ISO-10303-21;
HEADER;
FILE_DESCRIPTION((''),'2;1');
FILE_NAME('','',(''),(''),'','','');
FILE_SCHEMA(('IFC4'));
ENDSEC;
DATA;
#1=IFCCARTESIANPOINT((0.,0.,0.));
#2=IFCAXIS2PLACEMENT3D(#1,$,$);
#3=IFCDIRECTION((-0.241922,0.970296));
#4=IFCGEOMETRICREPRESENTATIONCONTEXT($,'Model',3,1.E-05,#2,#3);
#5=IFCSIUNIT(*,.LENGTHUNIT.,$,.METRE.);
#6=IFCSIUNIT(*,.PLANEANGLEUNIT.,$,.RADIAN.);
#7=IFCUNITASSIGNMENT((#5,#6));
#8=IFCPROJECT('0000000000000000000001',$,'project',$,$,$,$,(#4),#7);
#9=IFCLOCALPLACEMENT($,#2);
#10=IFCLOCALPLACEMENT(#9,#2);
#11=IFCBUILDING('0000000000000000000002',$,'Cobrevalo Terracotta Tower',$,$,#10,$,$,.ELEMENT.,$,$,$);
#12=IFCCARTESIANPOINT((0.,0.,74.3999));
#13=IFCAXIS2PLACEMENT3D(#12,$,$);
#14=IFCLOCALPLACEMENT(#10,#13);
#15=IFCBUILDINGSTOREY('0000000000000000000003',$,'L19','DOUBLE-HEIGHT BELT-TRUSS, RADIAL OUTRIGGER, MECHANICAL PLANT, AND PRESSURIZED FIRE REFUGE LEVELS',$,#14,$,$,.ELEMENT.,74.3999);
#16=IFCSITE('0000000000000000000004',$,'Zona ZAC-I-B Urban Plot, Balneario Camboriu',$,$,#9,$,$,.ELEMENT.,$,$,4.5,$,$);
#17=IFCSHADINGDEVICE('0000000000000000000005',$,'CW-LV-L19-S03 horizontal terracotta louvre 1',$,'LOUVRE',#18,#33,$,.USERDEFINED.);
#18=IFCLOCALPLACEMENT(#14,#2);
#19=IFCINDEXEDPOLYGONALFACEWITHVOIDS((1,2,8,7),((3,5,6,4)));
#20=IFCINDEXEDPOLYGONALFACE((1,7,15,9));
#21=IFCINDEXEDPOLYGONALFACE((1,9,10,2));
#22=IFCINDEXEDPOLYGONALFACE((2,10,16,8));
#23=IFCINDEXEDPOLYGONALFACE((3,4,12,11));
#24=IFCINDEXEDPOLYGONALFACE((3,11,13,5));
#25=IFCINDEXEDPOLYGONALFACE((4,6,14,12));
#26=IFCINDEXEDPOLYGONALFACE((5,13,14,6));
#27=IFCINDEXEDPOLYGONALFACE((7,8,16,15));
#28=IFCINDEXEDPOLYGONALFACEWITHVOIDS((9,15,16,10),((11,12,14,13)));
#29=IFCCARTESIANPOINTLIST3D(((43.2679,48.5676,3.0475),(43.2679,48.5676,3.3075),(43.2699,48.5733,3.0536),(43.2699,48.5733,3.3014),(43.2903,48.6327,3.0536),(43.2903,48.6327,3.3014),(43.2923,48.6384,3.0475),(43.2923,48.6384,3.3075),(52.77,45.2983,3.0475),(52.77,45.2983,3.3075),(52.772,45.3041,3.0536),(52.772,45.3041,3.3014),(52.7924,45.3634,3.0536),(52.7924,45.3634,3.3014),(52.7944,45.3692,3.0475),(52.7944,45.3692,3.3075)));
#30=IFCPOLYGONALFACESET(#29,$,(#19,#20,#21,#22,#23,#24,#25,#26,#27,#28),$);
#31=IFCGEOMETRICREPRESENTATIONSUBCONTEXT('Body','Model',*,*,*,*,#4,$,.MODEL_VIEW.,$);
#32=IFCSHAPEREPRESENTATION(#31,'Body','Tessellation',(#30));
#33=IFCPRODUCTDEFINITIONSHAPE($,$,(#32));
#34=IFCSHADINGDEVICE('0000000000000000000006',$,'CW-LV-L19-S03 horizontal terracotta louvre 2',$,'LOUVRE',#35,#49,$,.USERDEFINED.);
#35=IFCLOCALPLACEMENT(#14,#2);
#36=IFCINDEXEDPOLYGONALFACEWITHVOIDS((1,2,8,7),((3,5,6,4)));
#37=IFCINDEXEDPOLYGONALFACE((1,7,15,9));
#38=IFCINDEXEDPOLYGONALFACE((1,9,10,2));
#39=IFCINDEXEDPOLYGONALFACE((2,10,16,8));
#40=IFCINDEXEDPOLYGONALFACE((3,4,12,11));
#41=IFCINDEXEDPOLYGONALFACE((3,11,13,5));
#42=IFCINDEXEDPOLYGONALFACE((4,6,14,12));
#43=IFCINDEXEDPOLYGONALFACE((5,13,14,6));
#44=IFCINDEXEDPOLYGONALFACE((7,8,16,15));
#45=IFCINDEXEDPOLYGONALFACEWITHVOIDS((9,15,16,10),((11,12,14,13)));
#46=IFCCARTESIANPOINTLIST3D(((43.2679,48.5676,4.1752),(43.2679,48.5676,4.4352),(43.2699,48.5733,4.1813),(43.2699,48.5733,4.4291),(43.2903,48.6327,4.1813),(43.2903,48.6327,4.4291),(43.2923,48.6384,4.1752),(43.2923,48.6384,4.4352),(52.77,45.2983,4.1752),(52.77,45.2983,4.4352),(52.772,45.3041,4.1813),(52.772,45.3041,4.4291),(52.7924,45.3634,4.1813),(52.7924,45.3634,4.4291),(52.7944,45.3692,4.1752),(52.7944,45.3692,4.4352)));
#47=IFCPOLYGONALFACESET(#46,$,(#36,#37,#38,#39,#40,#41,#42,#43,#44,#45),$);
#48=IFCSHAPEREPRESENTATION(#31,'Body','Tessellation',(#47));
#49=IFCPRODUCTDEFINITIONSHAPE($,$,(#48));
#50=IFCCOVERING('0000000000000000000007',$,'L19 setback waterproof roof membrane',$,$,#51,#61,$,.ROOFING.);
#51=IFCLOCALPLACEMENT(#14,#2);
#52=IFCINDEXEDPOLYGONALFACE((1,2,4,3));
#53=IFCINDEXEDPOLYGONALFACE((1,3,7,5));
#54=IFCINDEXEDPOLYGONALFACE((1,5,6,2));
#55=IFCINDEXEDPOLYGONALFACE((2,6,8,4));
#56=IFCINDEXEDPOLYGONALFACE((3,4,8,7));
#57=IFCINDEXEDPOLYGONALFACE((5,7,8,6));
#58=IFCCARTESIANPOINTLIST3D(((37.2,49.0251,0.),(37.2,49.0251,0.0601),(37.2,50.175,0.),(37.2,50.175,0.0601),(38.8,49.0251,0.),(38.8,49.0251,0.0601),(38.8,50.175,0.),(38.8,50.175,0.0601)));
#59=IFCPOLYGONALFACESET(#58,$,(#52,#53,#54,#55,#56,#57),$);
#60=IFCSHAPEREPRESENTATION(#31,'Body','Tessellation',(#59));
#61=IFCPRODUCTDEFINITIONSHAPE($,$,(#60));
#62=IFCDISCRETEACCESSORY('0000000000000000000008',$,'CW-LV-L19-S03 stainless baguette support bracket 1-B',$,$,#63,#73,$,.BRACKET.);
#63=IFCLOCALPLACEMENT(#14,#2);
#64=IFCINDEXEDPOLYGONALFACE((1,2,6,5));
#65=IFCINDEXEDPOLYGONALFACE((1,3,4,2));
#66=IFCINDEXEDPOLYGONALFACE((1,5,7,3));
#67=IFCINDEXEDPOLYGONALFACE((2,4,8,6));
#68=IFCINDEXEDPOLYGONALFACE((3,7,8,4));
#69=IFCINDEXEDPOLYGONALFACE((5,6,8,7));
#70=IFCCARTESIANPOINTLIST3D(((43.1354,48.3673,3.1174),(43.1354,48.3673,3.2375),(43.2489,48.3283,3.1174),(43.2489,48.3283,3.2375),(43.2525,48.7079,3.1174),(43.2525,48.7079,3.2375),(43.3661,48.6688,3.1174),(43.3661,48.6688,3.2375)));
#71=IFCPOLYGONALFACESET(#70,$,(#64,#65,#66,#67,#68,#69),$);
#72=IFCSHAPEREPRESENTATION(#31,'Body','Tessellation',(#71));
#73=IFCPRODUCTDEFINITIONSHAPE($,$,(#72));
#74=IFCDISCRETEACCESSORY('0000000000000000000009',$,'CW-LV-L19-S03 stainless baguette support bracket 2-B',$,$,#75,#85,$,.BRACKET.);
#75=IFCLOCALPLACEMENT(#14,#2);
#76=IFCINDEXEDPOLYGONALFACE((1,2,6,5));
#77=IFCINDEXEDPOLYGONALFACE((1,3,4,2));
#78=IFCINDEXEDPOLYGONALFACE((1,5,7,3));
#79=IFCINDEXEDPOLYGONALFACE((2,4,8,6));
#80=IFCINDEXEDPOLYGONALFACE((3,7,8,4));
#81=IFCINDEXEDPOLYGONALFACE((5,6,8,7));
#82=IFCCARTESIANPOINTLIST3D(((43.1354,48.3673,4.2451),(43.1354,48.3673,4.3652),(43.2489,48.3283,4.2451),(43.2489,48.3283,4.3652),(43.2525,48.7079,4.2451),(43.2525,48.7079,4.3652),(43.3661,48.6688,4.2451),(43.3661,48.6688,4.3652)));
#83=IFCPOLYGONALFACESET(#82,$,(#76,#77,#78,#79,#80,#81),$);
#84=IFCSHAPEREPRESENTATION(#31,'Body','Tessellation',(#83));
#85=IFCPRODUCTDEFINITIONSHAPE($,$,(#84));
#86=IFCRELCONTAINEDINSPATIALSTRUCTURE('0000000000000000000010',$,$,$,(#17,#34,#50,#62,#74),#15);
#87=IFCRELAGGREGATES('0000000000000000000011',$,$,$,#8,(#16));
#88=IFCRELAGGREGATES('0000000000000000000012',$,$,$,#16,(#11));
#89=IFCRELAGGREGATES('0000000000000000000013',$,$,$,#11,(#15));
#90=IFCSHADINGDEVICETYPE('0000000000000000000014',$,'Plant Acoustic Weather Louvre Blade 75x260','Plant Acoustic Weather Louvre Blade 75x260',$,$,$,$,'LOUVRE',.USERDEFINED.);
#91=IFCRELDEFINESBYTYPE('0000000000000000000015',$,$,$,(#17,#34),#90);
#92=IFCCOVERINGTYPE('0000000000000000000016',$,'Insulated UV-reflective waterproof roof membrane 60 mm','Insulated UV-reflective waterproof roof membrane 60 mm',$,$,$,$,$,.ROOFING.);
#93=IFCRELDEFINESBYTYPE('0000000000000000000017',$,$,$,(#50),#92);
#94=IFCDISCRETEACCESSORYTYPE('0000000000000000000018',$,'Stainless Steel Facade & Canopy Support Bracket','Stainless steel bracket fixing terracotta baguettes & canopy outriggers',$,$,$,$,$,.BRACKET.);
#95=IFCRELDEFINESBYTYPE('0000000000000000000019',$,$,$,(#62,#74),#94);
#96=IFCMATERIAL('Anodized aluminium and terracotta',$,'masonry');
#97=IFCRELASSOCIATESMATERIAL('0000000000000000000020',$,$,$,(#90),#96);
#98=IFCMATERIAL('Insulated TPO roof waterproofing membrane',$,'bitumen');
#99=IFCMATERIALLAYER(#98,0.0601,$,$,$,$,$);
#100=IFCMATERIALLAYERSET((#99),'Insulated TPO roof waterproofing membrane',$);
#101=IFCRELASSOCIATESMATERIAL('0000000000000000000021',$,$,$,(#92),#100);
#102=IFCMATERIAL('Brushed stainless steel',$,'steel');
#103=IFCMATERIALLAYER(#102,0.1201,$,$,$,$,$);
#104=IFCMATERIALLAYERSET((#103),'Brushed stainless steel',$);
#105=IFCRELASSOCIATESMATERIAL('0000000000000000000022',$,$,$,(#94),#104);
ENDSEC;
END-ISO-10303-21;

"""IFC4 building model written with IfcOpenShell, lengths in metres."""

from ifc_helpers import new_model, si_unit, direction, frame, origin, origin_2d, place, context, subcontext, project, spatial, rectangle, hollow_rectangle, extrude, source, transform, mapped, material, layer, layer_set, material_profile, profile_set, type_object, element, save


model = new_model("IFC4")

# Units and contexts
model_context = context("Model", 3, precision=1e-05, world=origin(), true_north=direction((-0.241922, 0.970296)))
body_context = subcontext(model_context, "Body", "Model", "MODEL_VIEW")
ifc_project = project(units=[si_unit("LENGTHUNIT", "METRE"), si_unit("PLANEANGLEUNIT", "RADIAN")], contexts=[model_context])

# Site, building, storey
site_placement = place(None, origin())
site = spatial("IfcSite", under=ifc_project, at=site_placement, Name="Zona ZAC-I-B Urban Plot, Balneario Camboriu", CompositionType="ELEMENT", RefElevation=4.5)
building_placement = place(site_placement, origin())
building = spatial("IfcBuilding", under=site, at=building_placement, Name="Cobrevalo Terracotta Tower", CompositionType="ELEMENT")
storey_placement = place(building_placement, frame((0.0, 0.0, 74.3999)))
storey = spatial("IfcBuildingStorey", under=building, at=storey_placement, Name="L19", Description="DOUBLE-HEIGHT BELT-TRUSS, RADIAL OUTRIGGER, MECHANICAL PLANT, AND PRESSURIZED FIRE REFUGE LEVELS", CompositionType="ELEMENT", Elevation=74.3999)

# Shading devices
ifc_material_1 = material(Name="Anodized aluminium and terracotta", Category="masonry")
ifc_material_profile_1 = material_profile(ifc_material_1, hollow_rectangle(XDim=0.075, YDim=0.26, WallThickness=0.0061, at=origin_2d()), Name="LOUVRE BLADE 75x260")
ifc_profile_set_1 = profile_set([ifc_material_profile_1], Name="Anodized aluminium and terracotta")
shading_device_type = type_object("IfcShadingDeviceType", Name="Plant Acoustic Weather Louvre Blade 75x260", Description="Plant Acoustic Weather Louvre Blade 75x260", ElementType="LOUVRE", PredefinedType="USERDEFINED", material=ifc_profile_set_1)
shared_shape_1 = source(origin(), body_context, "Body", "SweptSolid", [
    extrude(hollow_rectangle(XDim=0.075, YDim=0.26, WallThickness=0.0061, at=origin_2d()), origin(), (0.0, 0.0, 1.0), 10.0488),
])
for number, where, z_axis, x_axis, name in (
    (1, (52.7822, 45.3337, 3.1775), (-0.945598, 0.325338, 0.0), (-0.325338, -0.945598, 0.0), "CW-LV-L19-S03 horizontal terracotta louvre 1"),
    (2, (52.7822, 45.3337, 4.3052), (-0.945598, 0.325338, 0.0), (-0.325338, -0.945598, 0.0), "CW-LV-L19-S03 horizontal terracotta louvre 2"),
):
    element("IfcShadingDevice", number, at=place(storey_placement, frame(where, z_axis=z_axis, x_axis=x_axis)), inside=storey, type_object=shading_device_type, Name=name, ObjectType="LOUVRE", PredefinedType="USERDEFINED", context=body_context, shape_type="MappedRepresentation", body=[
        mapped(shared_shape_1, transform((0.0, 0.0, 0.0), scale=1.0)),
    ])

# Covering
ifc_material_2 = material(Name="Insulated TPO roof waterproofing membrane", Category="bitumen")
ifc_layer_1 = layer(ifc_material_2, 0.0601)
ifc_layer_set_1 = layer_set([ifc_layer_1], Name="Insulated TPO roof waterproofing membrane")
covering_type = type_object("IfcCoveringType", Name="Insulated UV-reflective waterproof roof membrane 60 mm", Description="Insulated UV-reflective waterproof roof membrane 60 mm", PredefinedType="ROOFING", material=ifc_layer_set_1)
shared_shape_2 = source(origin(), body_context, "Body", "SweptSolid", [
    extrude(rectangle(XDim=1.6001, YDim=1.1499, at=origin_2d()), origin(), (0.0, 0.0, 1.0), 0.0601),
])
covering_placement = place(storey_placement, frame((38.0, 49.6001, 0.0), z_axis=(0.0, 0.0, 1.0), x_axis=(1.0, 0.0, 0.0)))
element("IfcCovering", 3, at=covering_placement, inside=storey, type_object=covering_type, Name="L19 setback waterproof roof membrane", PredefinedType="ROOFING", context=body_context, shape_type="MappedRepresentation", body=[
    mapped(shared_shape_2, transform((0.0, 0.0, 0.0), scale=1.0)),
])

# Discrete accessories
ifc_material_3 = material(Name="Brushed stainless steel", Category="steel")
ifc_layer_2 = layer(ifc_material_3, 0.1201)
ifc_layer_set_2 = layer_set([ifc_layer_2], Name="Brushed stainless steel")
discrete_accessory_type = type_object("IfcDiscreteAccessoryType", Name="Stainless Steel Facade & Canopy Support Bracket", Description="Stainless steel bracket fixing terracotta baguettes & canopy outriggers", PredefinedType="BRACKET", material=ifc_layer_set_2)
shared_shape_3 = source(origin(), body_context, "Body", "SweptSolid", [
    extrude(rectangle(XDim=0.1201, YDim=0.3601, at=origin_2d()), origin(), (0.0, 0.0, 1.0), 0.1201),
])
for number, where, z_axis, x_axis, name in (
    (4, (43.2507, 48.5181, 3.1174), (0.0, 0.0, 1.0), (-0.945596, 0.325342, 0.0), "CW-LV-L19-S03 stainless baguette support bracket 1-B"),
    (5, (43.2507, 48.5181, 4.2451), (0.0, 0.0, 1.0), (-0.945596, 0.325342, 0.0), "CW-LV-L19-S03 stainless baguette support bracket 2-B"),
):
    element("IfcDiscreteAccessory", number, at=place(storey_placement, frame(where, z_axis=z_axis, x_axis=x_axis)), inside=storey, type_object=discrete_accessory_type, Name=name, PredefinedType="BRACKET", context=body_context, shape_type="MappedRepresentation", body=[
        mapped(shared_shape_3, transform((0.0, 0.0, 0.0), scale=1.0)),
    ])

save(model, "model.ifc")
